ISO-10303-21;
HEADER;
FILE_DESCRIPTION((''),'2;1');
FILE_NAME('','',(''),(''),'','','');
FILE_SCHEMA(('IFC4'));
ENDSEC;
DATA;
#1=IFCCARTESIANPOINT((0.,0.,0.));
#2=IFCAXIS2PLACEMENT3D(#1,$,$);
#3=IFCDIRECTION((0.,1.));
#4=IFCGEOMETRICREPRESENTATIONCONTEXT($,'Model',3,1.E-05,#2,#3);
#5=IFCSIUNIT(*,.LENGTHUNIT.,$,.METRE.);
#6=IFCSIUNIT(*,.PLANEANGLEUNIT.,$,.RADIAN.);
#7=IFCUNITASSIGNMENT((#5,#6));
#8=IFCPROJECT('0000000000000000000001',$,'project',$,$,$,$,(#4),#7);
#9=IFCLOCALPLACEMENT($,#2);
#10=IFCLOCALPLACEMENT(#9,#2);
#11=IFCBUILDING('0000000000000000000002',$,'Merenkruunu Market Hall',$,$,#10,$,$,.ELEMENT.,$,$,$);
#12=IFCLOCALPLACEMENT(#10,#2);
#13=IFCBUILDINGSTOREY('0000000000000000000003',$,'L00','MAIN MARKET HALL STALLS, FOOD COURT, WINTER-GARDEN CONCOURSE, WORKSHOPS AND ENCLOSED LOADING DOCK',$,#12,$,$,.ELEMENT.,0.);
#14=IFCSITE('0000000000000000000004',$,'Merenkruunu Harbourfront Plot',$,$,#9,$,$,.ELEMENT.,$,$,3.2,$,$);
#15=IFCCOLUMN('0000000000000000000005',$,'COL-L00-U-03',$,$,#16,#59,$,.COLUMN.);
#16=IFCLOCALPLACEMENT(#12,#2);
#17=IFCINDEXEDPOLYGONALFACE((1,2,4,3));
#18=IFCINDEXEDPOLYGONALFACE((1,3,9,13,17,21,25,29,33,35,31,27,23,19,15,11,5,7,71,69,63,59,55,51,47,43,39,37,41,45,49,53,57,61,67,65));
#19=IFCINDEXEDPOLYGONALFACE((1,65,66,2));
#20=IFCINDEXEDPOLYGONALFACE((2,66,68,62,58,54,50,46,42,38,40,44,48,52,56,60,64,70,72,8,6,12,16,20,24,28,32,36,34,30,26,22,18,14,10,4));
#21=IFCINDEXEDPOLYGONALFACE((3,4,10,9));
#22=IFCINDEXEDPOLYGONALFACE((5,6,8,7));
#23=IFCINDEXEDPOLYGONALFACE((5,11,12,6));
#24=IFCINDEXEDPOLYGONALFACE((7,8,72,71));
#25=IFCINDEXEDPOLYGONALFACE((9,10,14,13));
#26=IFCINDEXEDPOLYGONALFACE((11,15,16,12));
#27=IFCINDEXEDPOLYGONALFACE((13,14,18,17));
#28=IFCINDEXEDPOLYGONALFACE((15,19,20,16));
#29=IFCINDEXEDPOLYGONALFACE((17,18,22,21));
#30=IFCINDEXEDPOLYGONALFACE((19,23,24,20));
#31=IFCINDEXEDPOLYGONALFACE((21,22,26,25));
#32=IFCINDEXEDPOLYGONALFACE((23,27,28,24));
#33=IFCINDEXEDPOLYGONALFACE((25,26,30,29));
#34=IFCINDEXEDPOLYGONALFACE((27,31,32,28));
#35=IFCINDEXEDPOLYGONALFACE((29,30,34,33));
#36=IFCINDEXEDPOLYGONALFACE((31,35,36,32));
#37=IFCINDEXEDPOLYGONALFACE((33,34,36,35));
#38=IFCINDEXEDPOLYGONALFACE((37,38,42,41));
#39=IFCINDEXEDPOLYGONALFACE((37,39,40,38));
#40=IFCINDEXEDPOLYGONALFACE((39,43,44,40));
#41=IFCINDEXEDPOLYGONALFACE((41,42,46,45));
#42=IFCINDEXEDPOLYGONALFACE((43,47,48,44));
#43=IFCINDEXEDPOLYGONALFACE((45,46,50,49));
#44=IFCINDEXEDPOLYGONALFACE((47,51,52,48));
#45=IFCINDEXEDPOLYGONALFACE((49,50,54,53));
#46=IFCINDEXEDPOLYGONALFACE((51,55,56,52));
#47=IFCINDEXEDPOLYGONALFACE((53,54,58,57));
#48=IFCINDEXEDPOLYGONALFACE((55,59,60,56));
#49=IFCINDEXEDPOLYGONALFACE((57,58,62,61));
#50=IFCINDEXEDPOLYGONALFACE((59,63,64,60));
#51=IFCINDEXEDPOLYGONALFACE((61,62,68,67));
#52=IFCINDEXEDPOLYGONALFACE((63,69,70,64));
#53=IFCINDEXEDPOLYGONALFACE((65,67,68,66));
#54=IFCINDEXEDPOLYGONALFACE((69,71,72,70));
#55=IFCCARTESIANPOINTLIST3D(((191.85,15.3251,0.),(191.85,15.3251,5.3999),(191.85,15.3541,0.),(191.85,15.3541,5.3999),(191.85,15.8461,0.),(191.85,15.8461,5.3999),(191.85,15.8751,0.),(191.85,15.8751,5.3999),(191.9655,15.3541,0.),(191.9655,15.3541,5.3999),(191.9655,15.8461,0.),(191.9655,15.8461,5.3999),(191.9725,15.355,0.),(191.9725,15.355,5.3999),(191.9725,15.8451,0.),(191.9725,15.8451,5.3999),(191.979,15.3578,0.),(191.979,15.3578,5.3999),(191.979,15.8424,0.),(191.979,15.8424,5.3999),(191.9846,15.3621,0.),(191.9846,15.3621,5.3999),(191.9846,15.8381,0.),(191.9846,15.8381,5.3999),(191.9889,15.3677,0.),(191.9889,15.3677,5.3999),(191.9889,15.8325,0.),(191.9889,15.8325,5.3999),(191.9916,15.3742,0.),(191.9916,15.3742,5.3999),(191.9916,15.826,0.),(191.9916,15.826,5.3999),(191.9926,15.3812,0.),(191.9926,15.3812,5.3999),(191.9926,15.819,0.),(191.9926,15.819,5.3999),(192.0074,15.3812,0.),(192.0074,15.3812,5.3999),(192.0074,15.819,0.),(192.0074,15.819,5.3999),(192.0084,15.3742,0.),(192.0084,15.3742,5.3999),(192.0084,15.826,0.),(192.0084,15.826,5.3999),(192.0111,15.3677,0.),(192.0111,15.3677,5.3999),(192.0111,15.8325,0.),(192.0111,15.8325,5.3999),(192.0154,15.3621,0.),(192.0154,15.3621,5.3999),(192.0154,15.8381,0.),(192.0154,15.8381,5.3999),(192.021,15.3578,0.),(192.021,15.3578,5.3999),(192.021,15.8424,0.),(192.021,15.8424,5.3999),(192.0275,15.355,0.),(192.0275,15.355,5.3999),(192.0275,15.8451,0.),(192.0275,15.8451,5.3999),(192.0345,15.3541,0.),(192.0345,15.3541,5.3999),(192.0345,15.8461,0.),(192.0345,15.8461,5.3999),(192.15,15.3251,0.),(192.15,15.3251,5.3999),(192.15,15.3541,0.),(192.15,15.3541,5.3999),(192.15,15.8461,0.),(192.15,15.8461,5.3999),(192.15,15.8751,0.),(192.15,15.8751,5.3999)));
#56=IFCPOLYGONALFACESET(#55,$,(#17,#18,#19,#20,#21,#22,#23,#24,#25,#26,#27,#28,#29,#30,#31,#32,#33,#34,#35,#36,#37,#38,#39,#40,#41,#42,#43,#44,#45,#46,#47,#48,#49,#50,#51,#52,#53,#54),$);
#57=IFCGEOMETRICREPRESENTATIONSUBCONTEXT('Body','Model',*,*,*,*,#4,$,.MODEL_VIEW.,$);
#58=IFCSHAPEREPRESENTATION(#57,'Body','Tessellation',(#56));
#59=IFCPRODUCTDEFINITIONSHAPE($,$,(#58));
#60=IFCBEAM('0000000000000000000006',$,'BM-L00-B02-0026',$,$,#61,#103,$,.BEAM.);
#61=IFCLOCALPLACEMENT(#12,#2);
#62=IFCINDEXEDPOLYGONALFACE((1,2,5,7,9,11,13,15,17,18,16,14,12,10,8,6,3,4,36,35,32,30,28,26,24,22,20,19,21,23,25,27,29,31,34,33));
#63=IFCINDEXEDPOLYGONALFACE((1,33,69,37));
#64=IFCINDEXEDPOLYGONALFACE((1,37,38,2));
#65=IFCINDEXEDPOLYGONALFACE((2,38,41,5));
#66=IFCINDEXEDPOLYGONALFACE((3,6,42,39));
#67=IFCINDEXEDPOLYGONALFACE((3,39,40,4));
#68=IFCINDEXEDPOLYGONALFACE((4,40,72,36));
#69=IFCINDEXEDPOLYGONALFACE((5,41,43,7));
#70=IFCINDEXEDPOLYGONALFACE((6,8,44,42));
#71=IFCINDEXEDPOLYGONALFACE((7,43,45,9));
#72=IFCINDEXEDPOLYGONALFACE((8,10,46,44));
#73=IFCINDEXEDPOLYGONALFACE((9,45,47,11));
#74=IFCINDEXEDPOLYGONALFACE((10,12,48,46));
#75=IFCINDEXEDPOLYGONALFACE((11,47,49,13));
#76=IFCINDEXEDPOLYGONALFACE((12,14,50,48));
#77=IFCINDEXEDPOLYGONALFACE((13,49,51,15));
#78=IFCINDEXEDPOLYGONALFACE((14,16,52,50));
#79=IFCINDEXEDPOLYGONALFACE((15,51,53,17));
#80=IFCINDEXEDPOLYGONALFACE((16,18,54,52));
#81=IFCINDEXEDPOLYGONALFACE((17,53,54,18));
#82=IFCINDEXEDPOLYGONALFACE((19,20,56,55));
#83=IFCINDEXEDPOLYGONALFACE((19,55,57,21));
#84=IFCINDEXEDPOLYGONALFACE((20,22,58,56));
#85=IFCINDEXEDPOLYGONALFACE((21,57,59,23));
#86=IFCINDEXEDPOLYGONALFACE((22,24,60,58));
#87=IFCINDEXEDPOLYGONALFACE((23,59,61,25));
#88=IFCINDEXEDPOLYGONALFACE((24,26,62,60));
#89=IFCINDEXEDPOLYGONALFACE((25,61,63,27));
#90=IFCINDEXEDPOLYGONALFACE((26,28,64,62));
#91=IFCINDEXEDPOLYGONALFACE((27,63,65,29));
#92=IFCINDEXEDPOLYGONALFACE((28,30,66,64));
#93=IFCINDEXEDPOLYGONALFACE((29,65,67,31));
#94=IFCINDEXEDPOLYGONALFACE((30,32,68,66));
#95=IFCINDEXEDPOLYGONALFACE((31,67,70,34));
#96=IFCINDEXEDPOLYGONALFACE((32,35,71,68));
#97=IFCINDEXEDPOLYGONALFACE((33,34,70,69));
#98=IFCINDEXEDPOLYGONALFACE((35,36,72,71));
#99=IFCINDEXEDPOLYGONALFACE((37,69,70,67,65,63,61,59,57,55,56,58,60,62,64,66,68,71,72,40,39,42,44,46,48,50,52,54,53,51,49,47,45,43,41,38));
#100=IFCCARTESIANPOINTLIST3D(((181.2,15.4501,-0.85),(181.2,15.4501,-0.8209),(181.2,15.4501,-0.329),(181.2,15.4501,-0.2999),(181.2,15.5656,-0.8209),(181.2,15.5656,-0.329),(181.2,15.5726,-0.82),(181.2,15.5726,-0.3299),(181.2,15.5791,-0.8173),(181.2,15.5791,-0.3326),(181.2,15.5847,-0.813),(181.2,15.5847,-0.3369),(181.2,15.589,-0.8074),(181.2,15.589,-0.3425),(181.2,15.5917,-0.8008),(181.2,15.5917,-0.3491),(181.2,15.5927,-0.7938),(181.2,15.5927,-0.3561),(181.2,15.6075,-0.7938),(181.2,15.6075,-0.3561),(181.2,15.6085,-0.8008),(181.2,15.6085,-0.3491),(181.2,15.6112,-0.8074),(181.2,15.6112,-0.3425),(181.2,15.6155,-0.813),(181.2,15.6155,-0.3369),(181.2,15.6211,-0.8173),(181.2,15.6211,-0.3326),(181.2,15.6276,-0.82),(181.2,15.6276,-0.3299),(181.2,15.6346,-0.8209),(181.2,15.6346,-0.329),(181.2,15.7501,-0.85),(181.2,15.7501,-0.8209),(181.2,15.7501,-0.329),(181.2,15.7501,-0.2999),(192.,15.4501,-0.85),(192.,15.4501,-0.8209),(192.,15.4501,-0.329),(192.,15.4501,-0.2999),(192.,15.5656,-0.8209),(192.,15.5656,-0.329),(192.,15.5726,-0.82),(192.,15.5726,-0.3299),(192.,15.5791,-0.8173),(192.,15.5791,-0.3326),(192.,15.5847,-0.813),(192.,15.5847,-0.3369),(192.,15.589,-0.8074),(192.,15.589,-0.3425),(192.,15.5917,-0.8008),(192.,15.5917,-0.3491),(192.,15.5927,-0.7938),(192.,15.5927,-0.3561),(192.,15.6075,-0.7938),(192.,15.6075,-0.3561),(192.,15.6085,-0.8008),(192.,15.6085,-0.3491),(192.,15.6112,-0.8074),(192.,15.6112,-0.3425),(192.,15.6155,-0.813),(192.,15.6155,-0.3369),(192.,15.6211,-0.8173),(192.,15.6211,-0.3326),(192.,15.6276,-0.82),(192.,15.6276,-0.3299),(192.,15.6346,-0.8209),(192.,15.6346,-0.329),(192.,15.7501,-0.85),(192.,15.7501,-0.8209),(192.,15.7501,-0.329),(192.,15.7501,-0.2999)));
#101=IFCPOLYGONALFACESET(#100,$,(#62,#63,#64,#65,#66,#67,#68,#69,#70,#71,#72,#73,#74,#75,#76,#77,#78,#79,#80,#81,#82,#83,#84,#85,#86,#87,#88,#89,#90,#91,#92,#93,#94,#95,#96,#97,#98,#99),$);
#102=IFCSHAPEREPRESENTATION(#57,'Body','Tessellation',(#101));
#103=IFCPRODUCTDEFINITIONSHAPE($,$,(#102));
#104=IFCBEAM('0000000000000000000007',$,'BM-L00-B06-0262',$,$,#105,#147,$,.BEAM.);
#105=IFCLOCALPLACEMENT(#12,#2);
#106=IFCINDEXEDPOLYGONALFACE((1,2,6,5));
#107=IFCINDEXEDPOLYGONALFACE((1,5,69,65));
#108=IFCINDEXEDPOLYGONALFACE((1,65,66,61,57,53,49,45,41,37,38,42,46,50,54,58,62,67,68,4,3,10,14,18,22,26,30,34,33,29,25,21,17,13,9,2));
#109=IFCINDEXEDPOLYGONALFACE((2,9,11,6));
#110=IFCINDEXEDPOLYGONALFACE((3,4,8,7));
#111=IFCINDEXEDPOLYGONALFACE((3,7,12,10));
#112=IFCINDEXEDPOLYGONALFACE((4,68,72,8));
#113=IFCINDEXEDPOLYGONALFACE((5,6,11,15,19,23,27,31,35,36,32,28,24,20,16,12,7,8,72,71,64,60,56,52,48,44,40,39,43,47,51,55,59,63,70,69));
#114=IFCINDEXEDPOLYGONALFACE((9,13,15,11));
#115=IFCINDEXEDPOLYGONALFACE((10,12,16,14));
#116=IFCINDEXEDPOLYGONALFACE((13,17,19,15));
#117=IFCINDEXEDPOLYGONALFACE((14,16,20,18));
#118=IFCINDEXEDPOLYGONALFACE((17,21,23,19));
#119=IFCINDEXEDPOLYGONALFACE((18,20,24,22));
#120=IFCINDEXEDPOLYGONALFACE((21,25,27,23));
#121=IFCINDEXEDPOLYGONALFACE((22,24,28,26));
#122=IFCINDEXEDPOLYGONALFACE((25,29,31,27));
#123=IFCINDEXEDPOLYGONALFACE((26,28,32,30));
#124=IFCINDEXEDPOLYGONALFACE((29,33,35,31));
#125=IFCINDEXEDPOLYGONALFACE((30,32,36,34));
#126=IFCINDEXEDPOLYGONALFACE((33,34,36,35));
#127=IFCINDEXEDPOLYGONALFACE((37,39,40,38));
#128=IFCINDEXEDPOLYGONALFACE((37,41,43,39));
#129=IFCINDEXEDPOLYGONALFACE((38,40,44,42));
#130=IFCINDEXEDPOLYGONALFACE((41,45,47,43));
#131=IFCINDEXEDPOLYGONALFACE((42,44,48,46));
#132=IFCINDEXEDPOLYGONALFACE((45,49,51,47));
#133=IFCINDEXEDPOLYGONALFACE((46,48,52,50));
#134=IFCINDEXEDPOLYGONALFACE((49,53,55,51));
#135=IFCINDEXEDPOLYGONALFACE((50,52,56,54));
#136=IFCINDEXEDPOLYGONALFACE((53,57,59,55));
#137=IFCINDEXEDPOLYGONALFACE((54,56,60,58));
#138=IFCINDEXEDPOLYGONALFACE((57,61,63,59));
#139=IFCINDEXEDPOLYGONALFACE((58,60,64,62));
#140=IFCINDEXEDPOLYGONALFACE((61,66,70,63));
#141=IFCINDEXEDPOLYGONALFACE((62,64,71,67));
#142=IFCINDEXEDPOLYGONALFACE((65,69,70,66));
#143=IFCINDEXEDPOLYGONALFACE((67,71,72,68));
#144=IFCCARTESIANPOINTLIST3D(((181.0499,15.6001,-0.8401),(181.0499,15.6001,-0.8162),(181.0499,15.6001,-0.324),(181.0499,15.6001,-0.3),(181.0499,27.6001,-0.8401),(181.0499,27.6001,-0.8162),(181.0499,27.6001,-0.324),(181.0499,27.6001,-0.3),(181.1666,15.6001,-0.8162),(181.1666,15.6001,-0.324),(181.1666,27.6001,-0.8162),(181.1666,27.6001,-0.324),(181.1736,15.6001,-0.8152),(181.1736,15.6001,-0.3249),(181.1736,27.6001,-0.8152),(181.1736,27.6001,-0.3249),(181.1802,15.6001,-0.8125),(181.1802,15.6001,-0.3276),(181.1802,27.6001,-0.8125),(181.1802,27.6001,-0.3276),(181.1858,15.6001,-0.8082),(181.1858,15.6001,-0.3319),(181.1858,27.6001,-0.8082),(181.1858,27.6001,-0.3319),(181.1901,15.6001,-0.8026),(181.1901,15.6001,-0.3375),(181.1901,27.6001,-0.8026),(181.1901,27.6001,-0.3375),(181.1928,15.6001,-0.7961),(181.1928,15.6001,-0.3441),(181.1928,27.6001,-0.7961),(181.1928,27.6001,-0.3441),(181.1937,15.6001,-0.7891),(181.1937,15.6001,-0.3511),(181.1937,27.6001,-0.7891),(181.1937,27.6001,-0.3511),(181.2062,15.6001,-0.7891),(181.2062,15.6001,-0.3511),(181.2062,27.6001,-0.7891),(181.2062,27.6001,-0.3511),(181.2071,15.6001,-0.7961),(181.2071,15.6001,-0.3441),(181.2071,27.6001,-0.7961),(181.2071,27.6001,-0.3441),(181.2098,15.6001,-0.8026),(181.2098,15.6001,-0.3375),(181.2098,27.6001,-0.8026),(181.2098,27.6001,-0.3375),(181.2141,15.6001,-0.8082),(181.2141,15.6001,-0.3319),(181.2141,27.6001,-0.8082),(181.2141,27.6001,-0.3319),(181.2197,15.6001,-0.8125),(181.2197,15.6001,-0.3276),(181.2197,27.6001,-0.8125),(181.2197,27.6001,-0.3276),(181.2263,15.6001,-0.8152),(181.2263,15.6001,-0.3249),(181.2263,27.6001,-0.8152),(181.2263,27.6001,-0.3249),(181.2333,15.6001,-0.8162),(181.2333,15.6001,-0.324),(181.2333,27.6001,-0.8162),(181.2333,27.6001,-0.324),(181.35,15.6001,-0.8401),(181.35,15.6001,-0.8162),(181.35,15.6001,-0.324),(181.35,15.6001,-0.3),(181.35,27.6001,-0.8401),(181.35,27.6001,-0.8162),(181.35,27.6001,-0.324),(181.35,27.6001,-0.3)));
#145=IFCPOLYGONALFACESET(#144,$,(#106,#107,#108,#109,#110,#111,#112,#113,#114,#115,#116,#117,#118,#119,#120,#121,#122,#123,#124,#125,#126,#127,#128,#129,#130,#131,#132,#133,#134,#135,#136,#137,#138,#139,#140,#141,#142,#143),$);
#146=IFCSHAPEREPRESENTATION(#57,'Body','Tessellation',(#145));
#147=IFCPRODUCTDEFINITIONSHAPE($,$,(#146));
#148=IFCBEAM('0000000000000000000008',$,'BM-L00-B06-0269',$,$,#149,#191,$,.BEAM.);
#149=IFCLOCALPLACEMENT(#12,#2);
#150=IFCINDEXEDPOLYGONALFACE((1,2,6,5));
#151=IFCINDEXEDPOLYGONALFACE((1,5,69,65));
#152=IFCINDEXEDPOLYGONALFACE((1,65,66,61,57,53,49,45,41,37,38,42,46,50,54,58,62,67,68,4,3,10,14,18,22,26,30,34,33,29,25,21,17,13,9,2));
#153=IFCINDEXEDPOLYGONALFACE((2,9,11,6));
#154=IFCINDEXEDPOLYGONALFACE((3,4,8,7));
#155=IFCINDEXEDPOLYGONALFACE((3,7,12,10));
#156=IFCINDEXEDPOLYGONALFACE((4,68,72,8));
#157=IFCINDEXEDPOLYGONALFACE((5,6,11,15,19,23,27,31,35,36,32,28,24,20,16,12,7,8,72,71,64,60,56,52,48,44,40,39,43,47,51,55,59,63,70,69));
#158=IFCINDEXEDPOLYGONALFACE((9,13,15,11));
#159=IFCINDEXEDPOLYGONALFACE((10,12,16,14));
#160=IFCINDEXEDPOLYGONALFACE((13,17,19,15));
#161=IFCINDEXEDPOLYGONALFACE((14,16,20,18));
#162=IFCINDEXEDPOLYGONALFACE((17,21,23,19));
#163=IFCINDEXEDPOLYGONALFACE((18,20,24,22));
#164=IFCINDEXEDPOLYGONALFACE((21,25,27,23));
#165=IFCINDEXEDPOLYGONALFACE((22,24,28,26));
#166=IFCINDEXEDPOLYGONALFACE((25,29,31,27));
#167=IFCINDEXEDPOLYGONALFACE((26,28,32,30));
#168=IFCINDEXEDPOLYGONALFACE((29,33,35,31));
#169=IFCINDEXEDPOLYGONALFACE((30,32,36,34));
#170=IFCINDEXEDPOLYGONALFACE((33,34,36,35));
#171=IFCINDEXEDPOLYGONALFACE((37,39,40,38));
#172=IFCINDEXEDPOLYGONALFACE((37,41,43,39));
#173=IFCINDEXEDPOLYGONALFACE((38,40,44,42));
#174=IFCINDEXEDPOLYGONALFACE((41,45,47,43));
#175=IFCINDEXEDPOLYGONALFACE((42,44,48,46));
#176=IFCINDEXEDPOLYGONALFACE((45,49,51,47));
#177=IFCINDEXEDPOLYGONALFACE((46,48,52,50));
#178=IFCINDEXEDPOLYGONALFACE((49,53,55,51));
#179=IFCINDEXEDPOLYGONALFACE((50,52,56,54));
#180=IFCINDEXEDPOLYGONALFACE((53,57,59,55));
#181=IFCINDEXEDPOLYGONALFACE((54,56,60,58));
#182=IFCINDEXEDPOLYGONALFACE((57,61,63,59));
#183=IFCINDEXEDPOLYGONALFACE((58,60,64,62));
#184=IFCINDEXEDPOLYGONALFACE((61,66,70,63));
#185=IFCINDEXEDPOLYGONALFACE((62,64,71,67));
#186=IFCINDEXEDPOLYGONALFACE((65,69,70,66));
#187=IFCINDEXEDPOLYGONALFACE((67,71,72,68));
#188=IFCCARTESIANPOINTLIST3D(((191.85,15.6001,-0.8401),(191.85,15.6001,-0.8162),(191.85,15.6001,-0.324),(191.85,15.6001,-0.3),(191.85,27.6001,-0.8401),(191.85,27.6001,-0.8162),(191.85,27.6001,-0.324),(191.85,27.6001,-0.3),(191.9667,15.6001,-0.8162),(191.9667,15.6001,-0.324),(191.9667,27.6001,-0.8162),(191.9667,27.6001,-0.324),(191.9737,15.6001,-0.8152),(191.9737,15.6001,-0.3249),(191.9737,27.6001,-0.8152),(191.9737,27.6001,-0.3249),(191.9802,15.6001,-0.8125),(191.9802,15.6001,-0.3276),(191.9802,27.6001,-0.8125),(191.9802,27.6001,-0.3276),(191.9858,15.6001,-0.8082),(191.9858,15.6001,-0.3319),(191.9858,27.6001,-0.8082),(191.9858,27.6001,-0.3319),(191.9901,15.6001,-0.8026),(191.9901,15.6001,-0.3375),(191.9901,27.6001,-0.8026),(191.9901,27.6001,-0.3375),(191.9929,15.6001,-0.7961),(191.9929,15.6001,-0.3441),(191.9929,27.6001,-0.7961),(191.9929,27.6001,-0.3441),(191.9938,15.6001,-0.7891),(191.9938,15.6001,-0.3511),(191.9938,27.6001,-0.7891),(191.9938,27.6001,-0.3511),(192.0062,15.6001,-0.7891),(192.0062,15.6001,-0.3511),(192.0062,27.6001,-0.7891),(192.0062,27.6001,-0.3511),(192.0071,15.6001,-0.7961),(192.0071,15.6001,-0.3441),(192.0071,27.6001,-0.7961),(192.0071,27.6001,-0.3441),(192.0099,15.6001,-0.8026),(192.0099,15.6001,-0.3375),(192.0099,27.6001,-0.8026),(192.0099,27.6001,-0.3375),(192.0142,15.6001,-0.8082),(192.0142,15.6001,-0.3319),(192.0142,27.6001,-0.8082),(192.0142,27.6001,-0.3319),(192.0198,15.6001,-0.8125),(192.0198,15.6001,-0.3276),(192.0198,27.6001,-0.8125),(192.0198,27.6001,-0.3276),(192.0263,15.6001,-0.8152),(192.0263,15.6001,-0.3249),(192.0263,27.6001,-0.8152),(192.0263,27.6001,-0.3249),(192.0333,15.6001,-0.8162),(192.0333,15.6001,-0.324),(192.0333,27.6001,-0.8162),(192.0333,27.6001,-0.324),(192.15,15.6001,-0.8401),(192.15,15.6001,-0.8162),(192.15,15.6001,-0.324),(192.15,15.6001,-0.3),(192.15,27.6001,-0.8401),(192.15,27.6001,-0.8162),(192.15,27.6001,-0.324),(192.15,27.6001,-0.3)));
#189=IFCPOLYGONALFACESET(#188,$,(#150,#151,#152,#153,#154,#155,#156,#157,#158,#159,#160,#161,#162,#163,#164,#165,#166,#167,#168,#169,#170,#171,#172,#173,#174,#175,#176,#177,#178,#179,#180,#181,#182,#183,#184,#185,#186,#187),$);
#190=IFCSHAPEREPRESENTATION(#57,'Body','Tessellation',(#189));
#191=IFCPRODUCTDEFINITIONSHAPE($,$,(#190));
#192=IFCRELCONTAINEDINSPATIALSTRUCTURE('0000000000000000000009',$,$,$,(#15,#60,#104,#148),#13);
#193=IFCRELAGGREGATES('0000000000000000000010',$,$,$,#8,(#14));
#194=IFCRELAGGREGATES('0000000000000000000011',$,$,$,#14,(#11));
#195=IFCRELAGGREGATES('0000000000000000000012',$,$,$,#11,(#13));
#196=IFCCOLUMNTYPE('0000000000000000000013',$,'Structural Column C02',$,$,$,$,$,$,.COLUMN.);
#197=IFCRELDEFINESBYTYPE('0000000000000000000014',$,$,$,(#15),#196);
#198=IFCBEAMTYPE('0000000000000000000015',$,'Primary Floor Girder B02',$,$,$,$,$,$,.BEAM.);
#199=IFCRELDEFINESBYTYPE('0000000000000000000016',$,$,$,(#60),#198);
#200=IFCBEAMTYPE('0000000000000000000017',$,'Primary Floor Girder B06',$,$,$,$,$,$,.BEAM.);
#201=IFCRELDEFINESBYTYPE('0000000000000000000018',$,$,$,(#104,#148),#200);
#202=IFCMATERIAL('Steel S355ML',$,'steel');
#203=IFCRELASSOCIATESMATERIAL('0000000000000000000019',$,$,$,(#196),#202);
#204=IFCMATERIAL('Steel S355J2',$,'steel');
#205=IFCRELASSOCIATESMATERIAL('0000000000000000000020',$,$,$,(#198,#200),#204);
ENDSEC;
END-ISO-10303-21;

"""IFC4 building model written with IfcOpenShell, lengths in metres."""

from ifc_helpers import new_model, si_unit, direction, frame, origin, origin_2d, place, context, subcontext, project, spatial, i_section, extrude, material, material_profile, profile_set, type_object, element, save


model = new_model("IFC4")

# Units and contexts
model_context = context("Model", 3, precision=1e-05, world=origin(), true_north=direction((0.0, 1.0)))
body_context = subcontext(model_context, "Body", "Model", "MODEL_VIEW")
ifc_project = project(units=[si_unit("LENGTHUNIT", "METRE"), si_unit("PLANEANGLEUNIT", "RADIAN")], contexts=[model_context])

# Site, building, storey
site_placement = place(None, origin())
site = spatial("IfcSite", under=ifc_project, at=site_placement, Name="Merenkruunu Harbourfront Plot", CompositionType="ELEMENT", RefElevation=3.2)
building_placement = place(site_placement, origin())
building = spatial("IfcBuilding", under=site, at=building_placement, Name="Merenkruunu Market Hall", CompositionType="ELEMENT")
storey_placement = place(building_placement, origin())
storey = spatial("IfcBuildingStorey", under=building, at=storey_placement, Name="L00", Description="MAIN MARKET HALL STALLS, FOOD COURT, WINTER-GARDEN CONCOURSE, WORKSHOPS AND ENCLOSED LOADING DOCK", CompositionType="ELEMENT", Elevation=0.0)

# Column
ifc_material_1 = material(Name="Steel S355ML", Category="steel")
ifc_material_profile_1 = material_profile(ifc_material_1, i_section(OverallWidth=0.3, OverallDepth=0.55, WebThickness=0.0149, FlangeThickness=0.0291, FilletRadius=0.0271, at=origin_2d()), Name="HEB 550")
ifc_profile_set_1 = profile_set([ifc_material_profile_1], Name="Steel S355ML")
column_type = type_object("IfcColumnType", Name="Structural Column C02", PredefinedType="COLUMN", material=ifc_profile_set_1)
column_placement = place(storey_placement, frame((192.0, 15.6001, 0.0), z_axis=(0.0, 0.0, 1.0), x_axis=(1.0, 0.0, 0.0)))
element("IfcColumn", 1, at=column_placement, inside=storey, type_object=column_type, Name="COL-L00-U-03", PredefinedType="COLUMN", context=body_context, shape_type="SweptSolid", body=[
    extrude(i_section(OverallWidth=0.3, OverallDepth=0.55, WebThickness=0.0149, FlangeThickness=0.0291, FilletRadius=0.0271, at=origin_2d()), origin(), (0.0, 0.0, 1.0), 5.3999),
])

# Beams
ifc_material_2 = material(Name="Steel S355J2", Category="steel")
ifc_material_profile_2 = material_profile(ifc_material_2, i_section(OverallWidth=0.3, OverallDepth=0.55, WebThickness=0.0149, FlangeThickness=0.0291, FilletRadius=0.0271, at=origin_2d()), Name="HEB 550")
ifc_profile_set_2 = profile_set([ifc_material_profile_2], Name="Steel S355J2")
beam_type_1 = type_object("IfcBeamType", Name="Primary Floor Girder B02", PredefinedType="BEAM", material=ifc_profile_set_2)
beam_placement = place(storey_placement, frame((181.2, 15.6001, -0.575), z_axis=(1.0, 0.0, 0.0), x_axis=(0.0, 1.0, 0.0)))
element("IfcBeam", 2, at=beam_placement, inside=storey, type_object=beam_type_1, Name="BM-L00-B02-0026", PredefinedType="BEAM", context=body_context, shape_type="SweptSolid", body=[
    extrude(i_section(OverallWidth=0.3, OverallDepth=0.55, WebThickness=0.0149, FlangeThickness=0.0291, FilletRadius=0.0271, at=origin_2d()), origin(), (0.0, 0.0, 1.0), 10.8),
])
ifc_material_profile_3 = material_profile(ifc_material_2, i_section(OverallWidth=0.3, OverallDepth=0.54, WebThickness=0.0125, FlangeThickness=0.0239, FilletRadius=0.0271, at=origin_2d()), Name="HEA 550")
ifc_profile_set_3 = profile_set([ifc_material_profile_3], Name="Steel S355J2")
beam_type_2 = type_object("IfcBeamType", Name="Primary Floor Girder B06", PredefinedType="BEAM", material=ifc_profile_set_3)
for number, where, z_axis, x_axis, name in (
    (3, (181.2, 15.6001, -0.5701), (0.0, 1.0, 0.0), (-1.0, 0.0, 0.0), "BM-L00-B06-0262"),
    (4, (192.0, 15.6001, -0.5701), (0.0, 1.0, 0.0), (-1.0, 0.0, 0.0), "BM-L00-B06-0269"),
):
    element("IfcBeam", number, at=place(storey_placement, frame(where, z_axis=z_axis, x_axis=x_axis)), inside=storey, type_object=beam_type_2, Name=name, PredefinedType="BEAM", context=body_context, shape_type="SweptSolid", body=[
        extrude(i_section(OverallWidth=0.3, OverallDepth=0.54, WebThickness=0.0125, FlangeThickness=0.0239, FilletRadius=0.0271, at=origin_2d()), origin(), (0.0, 0.0, 1.0), 12.0),
    ])

save(model, "model.ifc")
